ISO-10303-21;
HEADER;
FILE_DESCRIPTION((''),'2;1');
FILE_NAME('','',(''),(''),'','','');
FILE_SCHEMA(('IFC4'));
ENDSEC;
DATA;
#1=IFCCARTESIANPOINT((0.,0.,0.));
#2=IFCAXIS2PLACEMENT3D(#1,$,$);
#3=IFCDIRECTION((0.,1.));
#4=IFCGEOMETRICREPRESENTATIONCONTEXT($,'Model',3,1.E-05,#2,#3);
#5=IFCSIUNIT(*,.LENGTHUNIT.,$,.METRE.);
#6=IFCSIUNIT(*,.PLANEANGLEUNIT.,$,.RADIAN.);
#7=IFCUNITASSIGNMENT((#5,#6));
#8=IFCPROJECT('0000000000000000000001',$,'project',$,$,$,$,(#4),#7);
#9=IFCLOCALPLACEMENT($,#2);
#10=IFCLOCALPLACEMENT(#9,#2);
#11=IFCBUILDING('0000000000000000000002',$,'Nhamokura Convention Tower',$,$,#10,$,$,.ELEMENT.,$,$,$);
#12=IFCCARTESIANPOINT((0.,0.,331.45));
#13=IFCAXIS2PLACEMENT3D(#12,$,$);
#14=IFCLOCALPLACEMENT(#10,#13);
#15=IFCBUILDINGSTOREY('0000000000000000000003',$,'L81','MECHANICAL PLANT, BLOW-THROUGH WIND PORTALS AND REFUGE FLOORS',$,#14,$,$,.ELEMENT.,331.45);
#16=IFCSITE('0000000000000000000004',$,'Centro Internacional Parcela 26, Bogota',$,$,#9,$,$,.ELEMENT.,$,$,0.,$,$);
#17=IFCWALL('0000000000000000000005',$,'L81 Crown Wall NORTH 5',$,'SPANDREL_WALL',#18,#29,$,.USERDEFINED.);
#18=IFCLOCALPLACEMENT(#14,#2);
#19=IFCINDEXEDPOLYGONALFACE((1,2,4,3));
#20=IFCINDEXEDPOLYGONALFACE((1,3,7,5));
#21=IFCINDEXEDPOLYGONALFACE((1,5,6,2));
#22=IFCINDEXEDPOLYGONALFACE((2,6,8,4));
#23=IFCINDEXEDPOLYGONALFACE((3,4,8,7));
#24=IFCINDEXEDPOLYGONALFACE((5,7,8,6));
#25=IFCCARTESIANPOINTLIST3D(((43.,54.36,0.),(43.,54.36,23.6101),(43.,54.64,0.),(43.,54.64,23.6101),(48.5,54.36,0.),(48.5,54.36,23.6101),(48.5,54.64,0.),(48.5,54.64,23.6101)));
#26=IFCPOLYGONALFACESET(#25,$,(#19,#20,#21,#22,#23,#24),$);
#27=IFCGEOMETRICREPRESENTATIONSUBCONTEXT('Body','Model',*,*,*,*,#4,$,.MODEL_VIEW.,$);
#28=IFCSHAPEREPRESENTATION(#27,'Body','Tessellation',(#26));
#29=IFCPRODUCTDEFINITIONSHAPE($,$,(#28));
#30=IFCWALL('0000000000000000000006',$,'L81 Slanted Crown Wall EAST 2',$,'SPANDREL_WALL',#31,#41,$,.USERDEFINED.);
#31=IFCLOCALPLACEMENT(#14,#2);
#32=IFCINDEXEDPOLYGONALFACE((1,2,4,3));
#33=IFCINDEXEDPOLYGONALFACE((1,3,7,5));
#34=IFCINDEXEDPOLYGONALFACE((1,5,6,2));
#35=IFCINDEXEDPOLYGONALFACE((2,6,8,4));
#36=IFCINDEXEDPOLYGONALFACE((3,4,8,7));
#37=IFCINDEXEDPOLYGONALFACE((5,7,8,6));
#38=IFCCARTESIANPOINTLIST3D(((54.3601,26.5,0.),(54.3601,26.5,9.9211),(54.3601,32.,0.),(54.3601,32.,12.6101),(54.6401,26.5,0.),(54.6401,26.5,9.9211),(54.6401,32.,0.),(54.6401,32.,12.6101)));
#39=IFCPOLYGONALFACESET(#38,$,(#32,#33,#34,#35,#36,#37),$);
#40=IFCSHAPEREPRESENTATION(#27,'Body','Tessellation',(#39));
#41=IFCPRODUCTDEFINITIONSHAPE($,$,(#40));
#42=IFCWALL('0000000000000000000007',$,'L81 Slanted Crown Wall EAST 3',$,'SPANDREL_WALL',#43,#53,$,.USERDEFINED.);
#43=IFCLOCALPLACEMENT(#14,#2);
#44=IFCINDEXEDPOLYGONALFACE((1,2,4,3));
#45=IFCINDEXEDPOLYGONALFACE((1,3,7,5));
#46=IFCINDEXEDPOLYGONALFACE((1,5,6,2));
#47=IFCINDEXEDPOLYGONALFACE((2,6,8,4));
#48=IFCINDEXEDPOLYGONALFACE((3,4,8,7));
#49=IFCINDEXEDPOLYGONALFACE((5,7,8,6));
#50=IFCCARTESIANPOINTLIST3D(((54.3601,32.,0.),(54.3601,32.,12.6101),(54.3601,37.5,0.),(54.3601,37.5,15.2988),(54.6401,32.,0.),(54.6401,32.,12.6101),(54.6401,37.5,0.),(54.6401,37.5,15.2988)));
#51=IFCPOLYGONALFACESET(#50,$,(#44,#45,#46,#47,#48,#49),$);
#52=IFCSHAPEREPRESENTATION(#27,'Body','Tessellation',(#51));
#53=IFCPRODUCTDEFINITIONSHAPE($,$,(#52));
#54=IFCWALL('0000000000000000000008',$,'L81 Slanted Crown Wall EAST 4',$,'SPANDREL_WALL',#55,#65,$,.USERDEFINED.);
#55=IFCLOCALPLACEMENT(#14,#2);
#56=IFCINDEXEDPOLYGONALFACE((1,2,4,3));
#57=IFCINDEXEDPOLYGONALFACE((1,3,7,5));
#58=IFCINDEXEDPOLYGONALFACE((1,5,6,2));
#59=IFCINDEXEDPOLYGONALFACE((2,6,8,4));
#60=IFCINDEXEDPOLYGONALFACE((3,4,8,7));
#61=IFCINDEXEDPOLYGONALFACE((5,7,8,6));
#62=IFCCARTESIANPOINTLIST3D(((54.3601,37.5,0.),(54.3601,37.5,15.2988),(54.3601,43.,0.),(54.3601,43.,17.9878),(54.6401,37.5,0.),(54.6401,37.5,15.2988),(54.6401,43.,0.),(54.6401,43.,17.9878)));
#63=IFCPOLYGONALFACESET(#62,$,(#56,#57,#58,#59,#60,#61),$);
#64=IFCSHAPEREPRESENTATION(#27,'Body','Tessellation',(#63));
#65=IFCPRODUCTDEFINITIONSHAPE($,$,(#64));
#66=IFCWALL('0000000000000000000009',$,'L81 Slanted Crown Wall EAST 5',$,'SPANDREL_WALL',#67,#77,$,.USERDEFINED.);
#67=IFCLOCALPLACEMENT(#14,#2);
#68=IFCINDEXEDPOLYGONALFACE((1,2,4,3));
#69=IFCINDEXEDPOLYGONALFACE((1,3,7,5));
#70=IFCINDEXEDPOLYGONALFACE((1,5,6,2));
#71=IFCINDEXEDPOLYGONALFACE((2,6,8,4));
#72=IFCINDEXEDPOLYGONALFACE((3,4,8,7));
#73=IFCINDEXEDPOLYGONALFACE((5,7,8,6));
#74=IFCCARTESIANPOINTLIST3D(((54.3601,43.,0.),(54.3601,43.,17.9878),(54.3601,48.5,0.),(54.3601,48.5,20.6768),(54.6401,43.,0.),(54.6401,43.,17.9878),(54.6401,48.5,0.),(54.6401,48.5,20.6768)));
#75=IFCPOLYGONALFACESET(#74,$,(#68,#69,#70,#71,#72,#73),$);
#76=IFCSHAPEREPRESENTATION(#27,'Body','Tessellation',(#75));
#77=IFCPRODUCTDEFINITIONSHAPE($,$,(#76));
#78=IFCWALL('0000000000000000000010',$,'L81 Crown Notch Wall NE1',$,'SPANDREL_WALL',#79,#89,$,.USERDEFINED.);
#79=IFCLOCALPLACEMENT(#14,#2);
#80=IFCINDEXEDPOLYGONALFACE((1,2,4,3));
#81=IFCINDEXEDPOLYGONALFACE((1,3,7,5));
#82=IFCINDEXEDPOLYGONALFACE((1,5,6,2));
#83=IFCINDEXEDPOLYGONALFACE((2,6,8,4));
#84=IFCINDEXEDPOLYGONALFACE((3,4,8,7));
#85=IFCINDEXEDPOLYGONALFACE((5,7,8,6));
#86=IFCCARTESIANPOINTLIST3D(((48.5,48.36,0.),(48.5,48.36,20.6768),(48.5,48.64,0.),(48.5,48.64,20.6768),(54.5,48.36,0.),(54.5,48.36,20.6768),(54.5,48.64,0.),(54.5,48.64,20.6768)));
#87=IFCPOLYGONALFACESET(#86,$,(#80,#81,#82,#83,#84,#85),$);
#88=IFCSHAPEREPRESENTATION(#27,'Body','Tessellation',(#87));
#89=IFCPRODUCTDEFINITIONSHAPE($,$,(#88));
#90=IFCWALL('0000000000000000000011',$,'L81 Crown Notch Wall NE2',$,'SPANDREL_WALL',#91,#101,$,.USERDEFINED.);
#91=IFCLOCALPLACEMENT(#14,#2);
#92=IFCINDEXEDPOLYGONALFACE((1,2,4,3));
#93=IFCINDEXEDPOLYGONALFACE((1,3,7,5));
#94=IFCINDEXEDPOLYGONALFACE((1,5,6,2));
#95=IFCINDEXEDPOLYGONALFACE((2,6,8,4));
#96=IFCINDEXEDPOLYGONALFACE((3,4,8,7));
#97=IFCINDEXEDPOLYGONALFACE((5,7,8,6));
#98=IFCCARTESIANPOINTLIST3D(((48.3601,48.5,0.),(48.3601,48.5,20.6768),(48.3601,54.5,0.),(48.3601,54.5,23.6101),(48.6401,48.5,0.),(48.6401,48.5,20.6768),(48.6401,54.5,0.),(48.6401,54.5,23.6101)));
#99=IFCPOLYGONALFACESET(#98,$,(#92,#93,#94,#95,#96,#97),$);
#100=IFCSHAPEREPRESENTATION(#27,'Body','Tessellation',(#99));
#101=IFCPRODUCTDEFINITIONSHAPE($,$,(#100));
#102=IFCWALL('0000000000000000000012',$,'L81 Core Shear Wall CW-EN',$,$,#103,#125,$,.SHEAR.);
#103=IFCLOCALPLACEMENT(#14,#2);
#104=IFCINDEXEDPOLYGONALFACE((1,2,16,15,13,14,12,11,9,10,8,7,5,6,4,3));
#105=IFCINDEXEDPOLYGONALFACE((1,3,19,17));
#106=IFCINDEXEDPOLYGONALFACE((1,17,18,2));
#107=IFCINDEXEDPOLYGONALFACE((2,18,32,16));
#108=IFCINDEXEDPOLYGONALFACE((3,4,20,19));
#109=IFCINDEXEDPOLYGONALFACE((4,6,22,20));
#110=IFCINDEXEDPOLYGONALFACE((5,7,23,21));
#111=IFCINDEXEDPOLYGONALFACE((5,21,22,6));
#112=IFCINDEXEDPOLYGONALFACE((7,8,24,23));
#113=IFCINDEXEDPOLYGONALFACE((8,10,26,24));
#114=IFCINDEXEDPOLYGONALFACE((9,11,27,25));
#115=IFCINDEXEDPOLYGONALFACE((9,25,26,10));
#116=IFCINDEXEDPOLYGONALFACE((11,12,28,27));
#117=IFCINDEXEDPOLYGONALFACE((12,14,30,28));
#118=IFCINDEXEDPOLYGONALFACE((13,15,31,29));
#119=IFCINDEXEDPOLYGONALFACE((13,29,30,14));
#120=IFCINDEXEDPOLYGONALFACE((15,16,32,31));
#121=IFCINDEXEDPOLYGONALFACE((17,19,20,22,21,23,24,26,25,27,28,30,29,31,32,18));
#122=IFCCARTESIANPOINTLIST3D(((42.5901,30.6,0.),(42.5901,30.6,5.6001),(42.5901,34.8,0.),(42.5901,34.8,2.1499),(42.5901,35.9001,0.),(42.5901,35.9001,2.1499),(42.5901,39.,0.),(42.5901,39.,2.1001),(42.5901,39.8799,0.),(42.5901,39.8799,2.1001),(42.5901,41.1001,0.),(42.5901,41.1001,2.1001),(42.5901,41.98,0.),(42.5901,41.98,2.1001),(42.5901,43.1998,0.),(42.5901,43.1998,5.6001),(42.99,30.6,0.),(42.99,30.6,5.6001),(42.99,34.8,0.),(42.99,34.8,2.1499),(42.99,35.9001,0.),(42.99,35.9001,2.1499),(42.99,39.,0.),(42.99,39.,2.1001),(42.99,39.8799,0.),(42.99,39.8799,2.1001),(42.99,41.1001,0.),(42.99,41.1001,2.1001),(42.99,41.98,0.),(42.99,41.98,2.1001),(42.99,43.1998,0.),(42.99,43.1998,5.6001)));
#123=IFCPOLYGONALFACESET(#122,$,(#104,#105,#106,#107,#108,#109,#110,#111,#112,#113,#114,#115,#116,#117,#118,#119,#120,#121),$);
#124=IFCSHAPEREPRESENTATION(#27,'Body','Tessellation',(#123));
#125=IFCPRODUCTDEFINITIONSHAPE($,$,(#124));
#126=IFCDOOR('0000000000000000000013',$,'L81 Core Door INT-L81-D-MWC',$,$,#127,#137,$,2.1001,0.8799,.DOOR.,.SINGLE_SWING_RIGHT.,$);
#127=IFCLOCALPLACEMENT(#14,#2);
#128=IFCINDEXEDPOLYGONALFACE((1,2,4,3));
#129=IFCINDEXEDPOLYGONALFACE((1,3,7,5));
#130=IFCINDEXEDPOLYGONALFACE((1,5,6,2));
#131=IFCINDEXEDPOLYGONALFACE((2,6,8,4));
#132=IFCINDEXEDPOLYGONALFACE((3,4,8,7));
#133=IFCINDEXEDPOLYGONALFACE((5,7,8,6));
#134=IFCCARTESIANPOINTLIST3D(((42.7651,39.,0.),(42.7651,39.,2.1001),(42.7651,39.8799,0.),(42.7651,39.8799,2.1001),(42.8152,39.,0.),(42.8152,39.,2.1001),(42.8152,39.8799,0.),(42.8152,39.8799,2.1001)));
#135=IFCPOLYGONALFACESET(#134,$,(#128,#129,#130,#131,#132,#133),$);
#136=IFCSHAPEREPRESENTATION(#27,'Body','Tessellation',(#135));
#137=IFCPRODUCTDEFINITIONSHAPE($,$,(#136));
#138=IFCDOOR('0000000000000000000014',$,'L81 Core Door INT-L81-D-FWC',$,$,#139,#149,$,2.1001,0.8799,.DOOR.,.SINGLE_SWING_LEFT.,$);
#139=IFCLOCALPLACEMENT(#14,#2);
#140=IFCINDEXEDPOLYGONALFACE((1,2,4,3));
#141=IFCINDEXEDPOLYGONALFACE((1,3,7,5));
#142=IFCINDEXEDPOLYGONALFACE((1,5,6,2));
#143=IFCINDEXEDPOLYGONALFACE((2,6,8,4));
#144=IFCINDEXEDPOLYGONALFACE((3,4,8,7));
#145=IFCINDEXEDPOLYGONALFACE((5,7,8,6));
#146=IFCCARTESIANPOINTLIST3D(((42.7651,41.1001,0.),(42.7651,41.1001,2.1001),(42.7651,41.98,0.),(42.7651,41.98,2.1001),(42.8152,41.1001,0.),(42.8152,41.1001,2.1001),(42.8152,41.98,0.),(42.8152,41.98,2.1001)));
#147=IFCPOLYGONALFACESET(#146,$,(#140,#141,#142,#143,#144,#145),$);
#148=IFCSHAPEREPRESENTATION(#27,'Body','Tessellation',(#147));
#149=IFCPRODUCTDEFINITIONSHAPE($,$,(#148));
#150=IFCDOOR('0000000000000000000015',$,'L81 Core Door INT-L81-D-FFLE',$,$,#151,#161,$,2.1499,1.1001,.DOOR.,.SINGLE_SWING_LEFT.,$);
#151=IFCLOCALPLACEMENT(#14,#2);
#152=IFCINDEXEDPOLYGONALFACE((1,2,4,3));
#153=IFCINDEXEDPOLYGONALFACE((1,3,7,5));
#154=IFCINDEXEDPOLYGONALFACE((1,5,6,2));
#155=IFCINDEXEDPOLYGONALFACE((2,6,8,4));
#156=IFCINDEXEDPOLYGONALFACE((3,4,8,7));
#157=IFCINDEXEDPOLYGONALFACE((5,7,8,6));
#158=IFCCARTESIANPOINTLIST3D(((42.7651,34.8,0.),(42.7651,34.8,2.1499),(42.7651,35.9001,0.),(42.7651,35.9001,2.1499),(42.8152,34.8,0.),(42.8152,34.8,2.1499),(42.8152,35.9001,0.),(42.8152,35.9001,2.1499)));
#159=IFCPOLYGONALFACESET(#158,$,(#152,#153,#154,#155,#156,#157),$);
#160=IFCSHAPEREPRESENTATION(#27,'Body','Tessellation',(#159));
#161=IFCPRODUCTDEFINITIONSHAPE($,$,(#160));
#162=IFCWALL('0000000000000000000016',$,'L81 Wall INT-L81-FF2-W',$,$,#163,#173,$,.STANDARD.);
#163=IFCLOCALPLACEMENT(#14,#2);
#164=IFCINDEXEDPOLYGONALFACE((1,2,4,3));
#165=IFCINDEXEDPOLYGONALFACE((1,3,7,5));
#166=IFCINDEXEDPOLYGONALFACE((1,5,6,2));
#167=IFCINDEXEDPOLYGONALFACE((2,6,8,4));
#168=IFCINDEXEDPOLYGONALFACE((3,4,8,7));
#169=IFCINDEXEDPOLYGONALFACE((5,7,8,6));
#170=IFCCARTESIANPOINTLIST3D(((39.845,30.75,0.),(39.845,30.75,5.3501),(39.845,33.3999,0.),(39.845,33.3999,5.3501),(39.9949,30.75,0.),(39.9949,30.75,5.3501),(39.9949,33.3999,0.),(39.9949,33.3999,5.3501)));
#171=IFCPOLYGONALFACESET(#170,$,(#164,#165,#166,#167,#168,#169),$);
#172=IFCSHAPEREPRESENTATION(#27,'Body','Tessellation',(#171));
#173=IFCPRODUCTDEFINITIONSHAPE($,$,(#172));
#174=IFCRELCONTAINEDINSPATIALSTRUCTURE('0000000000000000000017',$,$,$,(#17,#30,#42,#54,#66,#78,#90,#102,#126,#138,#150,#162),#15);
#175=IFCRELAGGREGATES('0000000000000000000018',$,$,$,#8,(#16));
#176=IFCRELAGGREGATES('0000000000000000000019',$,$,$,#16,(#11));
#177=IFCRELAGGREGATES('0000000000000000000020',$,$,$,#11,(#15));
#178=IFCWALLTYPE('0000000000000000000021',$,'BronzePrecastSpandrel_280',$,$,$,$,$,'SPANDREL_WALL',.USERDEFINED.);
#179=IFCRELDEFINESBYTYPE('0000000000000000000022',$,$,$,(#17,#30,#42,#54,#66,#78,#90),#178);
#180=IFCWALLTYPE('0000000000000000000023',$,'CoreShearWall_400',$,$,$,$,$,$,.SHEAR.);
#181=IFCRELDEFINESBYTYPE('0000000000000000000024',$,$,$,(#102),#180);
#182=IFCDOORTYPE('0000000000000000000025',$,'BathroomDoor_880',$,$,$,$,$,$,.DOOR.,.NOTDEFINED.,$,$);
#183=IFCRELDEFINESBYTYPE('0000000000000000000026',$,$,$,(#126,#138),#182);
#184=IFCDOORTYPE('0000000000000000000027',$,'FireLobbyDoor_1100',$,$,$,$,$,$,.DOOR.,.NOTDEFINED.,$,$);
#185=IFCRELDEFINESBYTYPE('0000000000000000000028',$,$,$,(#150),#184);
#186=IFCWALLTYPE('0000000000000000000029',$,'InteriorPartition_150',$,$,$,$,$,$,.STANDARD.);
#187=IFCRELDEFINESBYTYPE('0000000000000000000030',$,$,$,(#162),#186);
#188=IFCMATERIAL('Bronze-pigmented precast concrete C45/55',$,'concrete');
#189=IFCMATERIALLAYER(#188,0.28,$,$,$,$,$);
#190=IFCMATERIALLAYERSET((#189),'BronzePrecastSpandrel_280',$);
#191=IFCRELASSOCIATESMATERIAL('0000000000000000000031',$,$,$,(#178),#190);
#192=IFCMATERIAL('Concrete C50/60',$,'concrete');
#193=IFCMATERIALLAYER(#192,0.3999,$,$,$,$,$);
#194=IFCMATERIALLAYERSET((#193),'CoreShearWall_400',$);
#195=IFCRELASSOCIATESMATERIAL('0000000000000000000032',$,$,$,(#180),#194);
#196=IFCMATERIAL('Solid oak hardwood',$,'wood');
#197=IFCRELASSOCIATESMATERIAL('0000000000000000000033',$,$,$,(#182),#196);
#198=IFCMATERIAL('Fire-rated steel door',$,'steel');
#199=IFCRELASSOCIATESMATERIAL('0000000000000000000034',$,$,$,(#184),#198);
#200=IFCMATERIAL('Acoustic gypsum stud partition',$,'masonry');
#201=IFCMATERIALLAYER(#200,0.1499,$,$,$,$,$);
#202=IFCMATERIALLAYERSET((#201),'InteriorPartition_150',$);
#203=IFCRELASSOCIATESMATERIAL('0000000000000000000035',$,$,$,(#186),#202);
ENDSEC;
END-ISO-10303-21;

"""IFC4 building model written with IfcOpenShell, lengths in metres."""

from ifc_helpers import new_model, si_unit, direction, frame, frame_2d, origin, place, context, subcontext, project, spatial, polyline, rectangle, outline, extrude, material, layer, layer_set, type_object, element, fill, save


model = new_model("IFC4")

# Units and contexts
model_context = context("Model", 3, precision=1e-05, world=origin(), true_north=direction((0.0, 1.0)))
body_context = subcontext(model_context, "Body", "Model", "MODEL_VIEW")
ifc_project = project(units=[si_unit("LENGTHUNIT", "METRE"), si_unit("PLANEANGLEUNIT", "RADIAN")], contexts=[model_context])

# Site, building, storey
site_placement = place(None, origin())
site = spatial("IfcSite", under=ifc_project, at=site_placement, Name="Centro Internacional Parcela 26, Bogota", CompositionType="ELEMENT", RefElevation=0.0)
building_placement = place(site_placement, origin())
building = spatial("IfcBuilding", under=site, at=building_placement, Name="Nhamokura Convention Tower", CompositionType="ELEMENT")
storey_placement = place(building_placement, frame((0.0, 0.0, 331.45)))
storey = spatial("IfcBuildingStorey", under=building, at=storey_placement, Name="L81", Description="MECHANICAL PLANT, BLOW-THROUGH WIND PORTALS AND REFUGE FLOORS", CompositionType="ELEMENT", Elevation=331.45)

# Walls
ifc_material_1 = material(Name="Bronze-pigmented precast concrete C45/55", Category="concrete")
ifc_layer_1 = layer(ifc_material_1, 0.28)
ifc_layer_set_1 = layer_set([ifc_layer_1], Name="BronzePrecastSpandrel_280")
wall_type_1 = type_object("IfcWallType", Name="BronzePrecastSpandrel_280", ElementType="SPANDREL_WALL", PredefinedType="USERDEFINED", material=ifc_layer_set_1)
wall_1_placement = place(storey_placement, frame((43.0, 54.5, 0.0), z_axis=(0.0, 0.0, 1.0), x_axis=(1.0, 0.0, 0.0)))
element("IfcWall", 1, at=wall_1_placement, inside=storey, type_object=wall_type_1, Name="L81 Crown Wall NORTH 5", ObjectType="SPANDREL_WALL", PredefinedType="USERDEFINED", context=body_context, shape_type="SweptSolid", body=[
    extrude(rectangle(XDim=5.5, YDim=0.28, at=frame_2d((2.75, 0.0))), origin(), (0.0, 0.0, 1.0), 23.6101),
])
wall_2_placement = place(storey_placement, frame((54.5, 32.0, 0.0), z_axis=(0.0, 0.0, 1.0), x_axis=(0.0, -1.0, 0.0)))
element("IfcWall", 2, at=wall_2_placement, inside=storey, type_object=wall_type_1, Name="L81 Slanted Crown Wall EAST 2", ObjectType="SPANDREL_WALL", PredefinedType="USERDEFINED", context=body_context, shape_type="SweptSolid", body=[
    extrude(outline(polyline([(0.0, 0.0), (5.5, 0.0), (5.5, 9.9211), (0.0, 12.6101), (0.0, 0.0)])), frame((0.0, 0.1401, 0.0), z_axis=(0.0, -1.0, 0.0), x_axis=(1.0, 0.0, 0.0)), (0.0, 0.0, 1.0), 0.28),
])
wall_3_placement = place(storey_placement, frame((54.5, 37.5, 0.0), z_axis=(0.0, 0.0, 1.0), x_axis=(0.0, -1.0, 0.0)))
element("IfcWall", 3, at=wall_3_placement, inside=storey, type_object=wall_type_1, Name="L81 Slanted Crown Wall EAST 3", ObjectType="SPANDREL_WALL", PredefinedType="USERDEFINED", context=body_context, shape_type="SweptSolid", body=[
    extrude(outline(polyline([(0.0, 0.0), (5.5, 0.0), (5.5, 12.6101), (0.0, 15.2988), (0.0, 0.0)])), frame((0.0, 0.1401, 0.0), z_axis=(0.0, -1.0, 0.0), x_axis=(1.0, 0.0, 0.0)), (0.0, 0.0, 1.0), 0.28),
])
wall_4_placement = place(storey_placement, frame((54.5, 43.0, 0.0), z_axis=(0.0, 0.0, 1.0), x_axis=(0.0, -1.0, 0.0)))
element("IfcWall", 4, at=wall_4_placement, inside=storey, type_object=wall_type_1, Name="L81 Slanted Crown Wall EAST 4", ObjectType="SPANDREL_WALL", PredefinedType="USERDEFINED", context=body_context, shape_type="SweptSolid", body=[
    extrude(outline(polyline([(0.0, 0.0), (5.5, 0.0), (5.5, 15.2988), (0.0, 17.9878), (0.0, 0.0)])), frame((0.0, 0.1401, 0.0), z_axis=(0.0, -1.0, 0.0), x_axis=(1.0, 0.0, 0.0)), (0.0, 0.0, 1.0), 0.28),
])
wall_5_placement = place(storey_placement, frame((54.5, 48.5, 0.0), z_axis=(0.0, 0.0, 1.0), x_axis=(0.0, -1.0, 0.0)))
element("IfcWall", 5, at=wall_5_placement, inside=storey, type_object=wall_type_1, Name="L81 Slanted Crown Wall EAST 5", ObjectType="SPANDREL_WALL", PredefinedType="USERDEFINED", context=body_context, shape_type="SweptSolid", body=[
    extrude(outline(polyline([(0.0, 0.0), (5.5, 0.0), (5.5, 17.9878), (0.0, 20.6768), (0.0, 0.0)])), frame((0.0, 0.1401, 0.0), z_axis=(0.0, -1.0, 0.0), x_axis=(1.0, 0.0, 0.0)), (0.0, 0.0, 1.0), 0.28),
])
wall_6_placement = place(storey_placement, frame((48.5, 48.5, 0.0), z_axis=(0.0, 0.0, 1.0), x_axis=(1.0, 0.0, 0.0)))
element("IfcWall", 6, at=wall_6_placement, inside=storey, type_object=wall_type_1, Name="L81 Crown Notch Wall NE1", ObjectType="SPANDREL_WALL", PredefinedType="USERDEFINED", context=body_context, shape_type="SweptSolid", body=[
    extrude(rectangle(XDim=6.0, YDim=0.28, at=frame_2d((3.0, 0.0))), origin(), (0.0, 0.0, 1.0), 20.6768),
])
wall_7_placement = place(storey_placement, frame((48.5, 54.5, 0.0), z_axis=(0.0, 0.0, 1.0), x_axis=(0.0, -1.0, 0.0)))
element("IfcWall", 7, at=wall_7_placement, inside=storey, type_object=wall_type_1, Name="L81 Crown Notch Wall NE2", ObjectType="SPANDREL_WALL", PredefinedType="USERDEFINED", context=body_context, shape_type="SweptSolid", body=[
    extrude(outline(polyline([(0.0, 0.0), (6.0, 0.0), (6.0, 20.6768), (0.0, 23.6101), (0.0, 0.0)])), frame((0.0, 0.1401, 0.0), z_axis=(0.0, -1.0, 0.0), x_axis=(1.0, 0.0, 0.0)), (0.0, 0.0, 1.0), 0.28),
])

# Wall, openings, doors
ifc_material_2 = material(Name="Concrete C50/60", Category="concrete")
ifc_layer_2 = layer(ifc_material_2, 0.3999)
ifc_layer_set_2 = layer_set([ifc_layer_2], Name="CoreShearWall_400")
wall_type_2 = type_object("IfcWallType", Name="CoreShearWall_400", PredefinedType="SHEAR", material=ifc_layer_set_2)
wall_8_placement = place(storey_placement, frame((42.79, 30.6001, 0.0), z_axis=(0.0, 0.0, 1.0), x_axis=(0.0, 1.0, 0.0)))
wall_8 = element("IfcWall", 8, at=wall_8_placement, inside=storey, type_object=wall_type_2, Name="L81 Core Shear Wall CW-EN", PredefinedType="SHEAR", context=body_context, shape_type="SweptSolid", body=[
    extrude(rectangle(XDim=12.5999, YDim=0.3999, at=frame_2d((6.2998, 0.0))), origin(), (0.0, 0.0, 1.0), 5.6001),
])
opening_1_placement = place(wall_8_placement, frame((4.2, 0.0, 0.0)))
opening_1 = element("IfcOpeningElement", 9, at=opening_1_placement, cuts=wall_8, PredefinedType="OPENING", context=body_context, shape_type="SweptSolid", body=[
    extrude(rectangle(XDim=1.1001, YDim=2.1499, at=frame_2d((0.55, 1.075))), frame((0.0, 0.21, 0.0), z_axis=(0.0, -1.0, 0.0), x_axis=(1.0, 0.0, 0.0)), (0.0, 0.0, 1.0), 0.4199),
])
opening_2_placement = place(wall_8_placement, frame((8.3999, 0.0, 0.0)))
opening_2 = element("IfcOpeningElement", 10, at=opening_2_placement, cuts=wall_8, PredefinedType="OPENING", context=body_context, shape_type="SweptSolid", body=[
    extrude(rectangle(XDim=0.8799, YDim=2.1001, at=frame_2d((0.4399, 1.05))), frame((0.0, 0.21, 0.0), z_axis=(0.0, -1.0, 0.0), x_axis=(1.0, 0.0, 0.0)), (0.0, 0.0, 1.0), 0.4199),
])
opening_3_placement = place(wall_8_placement, frame((10.5, 0.0, 0.0)))
opening_3 = element("IfcOpeningElement", 11, at=opening_3_placement, cuts=wall_8, PredefinedType="OPENING", context=body_context, shape_type="SweptSolid", body=[
    extrude(rectangle(XDim=0.8799, YDim=2.1001, at=frame_2d((0.4399, 1.05))), frame((0.0, 0.21, 0.0), z_axis=(0.0, -1.0, 0.0), x_axis=(1.0, 0.0, 0.0)), (0.0, 0.0, 1.0), 0.4199),
])
ifc_material_3 = material(Name="Solid oak hardwood", Category="wood")
door_type_1 = type_object("IfcDoorType", Name="BathroomDoor_880", OperationType="NOTDEFINED", PredefinedType="DOOR", material=ifc_material_3)
door_1_placement = place(opening_2_placement, origin())
door_1 = element("IfcDoor", 12, at=door_1_placement, inside=storey, type_object=door_type_1, Name="L81 Core Door INT-L81-D-MWC", OperationType="SINGLE_SWING_RIGHT", OverallHeight=2.1001, OverallWidth=0.8799, PredefinedType="DOOR", context=body_context, shape_type="SweptSolid", body=[
    extrude(rectangle(XDim=0.8799, YDim=2.1001, at=frame_2d((0.4399, 1.05))), frame((0.0, 0.0249, 0.0), z_axis=(0.0, -1.0, 0.0), x_axis=(1.0, 0.0, 0.0)), (0.0, 0.0, 1.0), 0.05),
])
fill(opening_2, door_1)
door_2_placement = place(opening_3_placement, origin())
door_2 = element("IfcDoor", 13, at=door_2_placement, inside=storey, type_object=door_type_1, Name="L81 Core Door INT-L81-D-FWC", OperationType="SINGLE_SWING_LEFT", OverallHeight=2.1001, OverallWidth=0.8799, PredefinedType="DOOR", context=body_context, shape_type="SweptSolid", body=[
    extrude(rectangle(XDim=0.8799, YDim=2.1001, at=frame_2d((0.4399, 1.05))), frame((0.0, 0.0249, 0.0), z_axis=(0.0, -1.0, 0.0), x_axis=(1.0, 0.0, 0.0)), (0.0, 0.0, 1.0), 0.05),
])
fill(opening_3, door_2)
ifc_material_4 = material(Name="Fire-rated steel door", Category="steel")
door_type_2 = type_object("IfcDoorType", Name="FireLobbyDoor_1100", OperationType="NOTDEFINED", PredefinedType="DOOR", material=ifc_material_4)
door_3_placement = place(opening_1_placement, origin())
door_3 = element("IfcDoor", 14, at=door_3_placement, inside=storey, type_object=door_type_2, Name="L81 Core Door INT-L81-D-FFLE", OperationType="SINGLE_SWING_LEFT", OverallHeight=2.1499, OverallWidth=1.1001, PredefinedType="DOOR", context=body_context, shape_type="SweptSolid", body=[
    extrude(rectangle(XDim=1.1001, YDim=2.1499, at=frame_2d((0.55, 1.075))), frame((0.0, 0.0249, 0.0), z_axis=(0.0, -1.0, 0.0), x_axis=(1.0, 0.0, 0.0)), (0.0, 0.0, 1.0), 0.05),
])
fill(opening_1, door_3)

# Wall
ifc_material_5 = material(Name="Acoustic gypsum stud partition", Category="masonry")
ifc_layer_3 = layer(ifc_material_5, 0.1499)
ifc_layer_set_3 = layer_set([ifc_layer_3], Name="InteriorPartition_150")
wall_type_3 = type_object("IfcWallType", Name="InteriorPartition_150", PredefinedType="STANDARD", material=ifc_layer_set_3)
wall_9_placement = place(storey_placement, frame((39.9199, 30.75, 0.0), z_axis=(0.0, 0.0, 1.0), x_axis=(0.0, 1.0, 0.0)))
element("IfcWall", 15, at=wall_9_placement, inside=storey, type_object=wall_type_3, Name="L81 Wall INT-L81-FF2-W", PredefinedType="STANDARD", context=body_context, shape_type="SweptSolid", body=[
    extrude(rectangle(XDim=2.6499, YDim=0.1499, at=frame_2d((1.325, 0.0))), origin(), (0.0, 0.0, 1.0), 5.3501),
])

save(model, "model.ifc")
